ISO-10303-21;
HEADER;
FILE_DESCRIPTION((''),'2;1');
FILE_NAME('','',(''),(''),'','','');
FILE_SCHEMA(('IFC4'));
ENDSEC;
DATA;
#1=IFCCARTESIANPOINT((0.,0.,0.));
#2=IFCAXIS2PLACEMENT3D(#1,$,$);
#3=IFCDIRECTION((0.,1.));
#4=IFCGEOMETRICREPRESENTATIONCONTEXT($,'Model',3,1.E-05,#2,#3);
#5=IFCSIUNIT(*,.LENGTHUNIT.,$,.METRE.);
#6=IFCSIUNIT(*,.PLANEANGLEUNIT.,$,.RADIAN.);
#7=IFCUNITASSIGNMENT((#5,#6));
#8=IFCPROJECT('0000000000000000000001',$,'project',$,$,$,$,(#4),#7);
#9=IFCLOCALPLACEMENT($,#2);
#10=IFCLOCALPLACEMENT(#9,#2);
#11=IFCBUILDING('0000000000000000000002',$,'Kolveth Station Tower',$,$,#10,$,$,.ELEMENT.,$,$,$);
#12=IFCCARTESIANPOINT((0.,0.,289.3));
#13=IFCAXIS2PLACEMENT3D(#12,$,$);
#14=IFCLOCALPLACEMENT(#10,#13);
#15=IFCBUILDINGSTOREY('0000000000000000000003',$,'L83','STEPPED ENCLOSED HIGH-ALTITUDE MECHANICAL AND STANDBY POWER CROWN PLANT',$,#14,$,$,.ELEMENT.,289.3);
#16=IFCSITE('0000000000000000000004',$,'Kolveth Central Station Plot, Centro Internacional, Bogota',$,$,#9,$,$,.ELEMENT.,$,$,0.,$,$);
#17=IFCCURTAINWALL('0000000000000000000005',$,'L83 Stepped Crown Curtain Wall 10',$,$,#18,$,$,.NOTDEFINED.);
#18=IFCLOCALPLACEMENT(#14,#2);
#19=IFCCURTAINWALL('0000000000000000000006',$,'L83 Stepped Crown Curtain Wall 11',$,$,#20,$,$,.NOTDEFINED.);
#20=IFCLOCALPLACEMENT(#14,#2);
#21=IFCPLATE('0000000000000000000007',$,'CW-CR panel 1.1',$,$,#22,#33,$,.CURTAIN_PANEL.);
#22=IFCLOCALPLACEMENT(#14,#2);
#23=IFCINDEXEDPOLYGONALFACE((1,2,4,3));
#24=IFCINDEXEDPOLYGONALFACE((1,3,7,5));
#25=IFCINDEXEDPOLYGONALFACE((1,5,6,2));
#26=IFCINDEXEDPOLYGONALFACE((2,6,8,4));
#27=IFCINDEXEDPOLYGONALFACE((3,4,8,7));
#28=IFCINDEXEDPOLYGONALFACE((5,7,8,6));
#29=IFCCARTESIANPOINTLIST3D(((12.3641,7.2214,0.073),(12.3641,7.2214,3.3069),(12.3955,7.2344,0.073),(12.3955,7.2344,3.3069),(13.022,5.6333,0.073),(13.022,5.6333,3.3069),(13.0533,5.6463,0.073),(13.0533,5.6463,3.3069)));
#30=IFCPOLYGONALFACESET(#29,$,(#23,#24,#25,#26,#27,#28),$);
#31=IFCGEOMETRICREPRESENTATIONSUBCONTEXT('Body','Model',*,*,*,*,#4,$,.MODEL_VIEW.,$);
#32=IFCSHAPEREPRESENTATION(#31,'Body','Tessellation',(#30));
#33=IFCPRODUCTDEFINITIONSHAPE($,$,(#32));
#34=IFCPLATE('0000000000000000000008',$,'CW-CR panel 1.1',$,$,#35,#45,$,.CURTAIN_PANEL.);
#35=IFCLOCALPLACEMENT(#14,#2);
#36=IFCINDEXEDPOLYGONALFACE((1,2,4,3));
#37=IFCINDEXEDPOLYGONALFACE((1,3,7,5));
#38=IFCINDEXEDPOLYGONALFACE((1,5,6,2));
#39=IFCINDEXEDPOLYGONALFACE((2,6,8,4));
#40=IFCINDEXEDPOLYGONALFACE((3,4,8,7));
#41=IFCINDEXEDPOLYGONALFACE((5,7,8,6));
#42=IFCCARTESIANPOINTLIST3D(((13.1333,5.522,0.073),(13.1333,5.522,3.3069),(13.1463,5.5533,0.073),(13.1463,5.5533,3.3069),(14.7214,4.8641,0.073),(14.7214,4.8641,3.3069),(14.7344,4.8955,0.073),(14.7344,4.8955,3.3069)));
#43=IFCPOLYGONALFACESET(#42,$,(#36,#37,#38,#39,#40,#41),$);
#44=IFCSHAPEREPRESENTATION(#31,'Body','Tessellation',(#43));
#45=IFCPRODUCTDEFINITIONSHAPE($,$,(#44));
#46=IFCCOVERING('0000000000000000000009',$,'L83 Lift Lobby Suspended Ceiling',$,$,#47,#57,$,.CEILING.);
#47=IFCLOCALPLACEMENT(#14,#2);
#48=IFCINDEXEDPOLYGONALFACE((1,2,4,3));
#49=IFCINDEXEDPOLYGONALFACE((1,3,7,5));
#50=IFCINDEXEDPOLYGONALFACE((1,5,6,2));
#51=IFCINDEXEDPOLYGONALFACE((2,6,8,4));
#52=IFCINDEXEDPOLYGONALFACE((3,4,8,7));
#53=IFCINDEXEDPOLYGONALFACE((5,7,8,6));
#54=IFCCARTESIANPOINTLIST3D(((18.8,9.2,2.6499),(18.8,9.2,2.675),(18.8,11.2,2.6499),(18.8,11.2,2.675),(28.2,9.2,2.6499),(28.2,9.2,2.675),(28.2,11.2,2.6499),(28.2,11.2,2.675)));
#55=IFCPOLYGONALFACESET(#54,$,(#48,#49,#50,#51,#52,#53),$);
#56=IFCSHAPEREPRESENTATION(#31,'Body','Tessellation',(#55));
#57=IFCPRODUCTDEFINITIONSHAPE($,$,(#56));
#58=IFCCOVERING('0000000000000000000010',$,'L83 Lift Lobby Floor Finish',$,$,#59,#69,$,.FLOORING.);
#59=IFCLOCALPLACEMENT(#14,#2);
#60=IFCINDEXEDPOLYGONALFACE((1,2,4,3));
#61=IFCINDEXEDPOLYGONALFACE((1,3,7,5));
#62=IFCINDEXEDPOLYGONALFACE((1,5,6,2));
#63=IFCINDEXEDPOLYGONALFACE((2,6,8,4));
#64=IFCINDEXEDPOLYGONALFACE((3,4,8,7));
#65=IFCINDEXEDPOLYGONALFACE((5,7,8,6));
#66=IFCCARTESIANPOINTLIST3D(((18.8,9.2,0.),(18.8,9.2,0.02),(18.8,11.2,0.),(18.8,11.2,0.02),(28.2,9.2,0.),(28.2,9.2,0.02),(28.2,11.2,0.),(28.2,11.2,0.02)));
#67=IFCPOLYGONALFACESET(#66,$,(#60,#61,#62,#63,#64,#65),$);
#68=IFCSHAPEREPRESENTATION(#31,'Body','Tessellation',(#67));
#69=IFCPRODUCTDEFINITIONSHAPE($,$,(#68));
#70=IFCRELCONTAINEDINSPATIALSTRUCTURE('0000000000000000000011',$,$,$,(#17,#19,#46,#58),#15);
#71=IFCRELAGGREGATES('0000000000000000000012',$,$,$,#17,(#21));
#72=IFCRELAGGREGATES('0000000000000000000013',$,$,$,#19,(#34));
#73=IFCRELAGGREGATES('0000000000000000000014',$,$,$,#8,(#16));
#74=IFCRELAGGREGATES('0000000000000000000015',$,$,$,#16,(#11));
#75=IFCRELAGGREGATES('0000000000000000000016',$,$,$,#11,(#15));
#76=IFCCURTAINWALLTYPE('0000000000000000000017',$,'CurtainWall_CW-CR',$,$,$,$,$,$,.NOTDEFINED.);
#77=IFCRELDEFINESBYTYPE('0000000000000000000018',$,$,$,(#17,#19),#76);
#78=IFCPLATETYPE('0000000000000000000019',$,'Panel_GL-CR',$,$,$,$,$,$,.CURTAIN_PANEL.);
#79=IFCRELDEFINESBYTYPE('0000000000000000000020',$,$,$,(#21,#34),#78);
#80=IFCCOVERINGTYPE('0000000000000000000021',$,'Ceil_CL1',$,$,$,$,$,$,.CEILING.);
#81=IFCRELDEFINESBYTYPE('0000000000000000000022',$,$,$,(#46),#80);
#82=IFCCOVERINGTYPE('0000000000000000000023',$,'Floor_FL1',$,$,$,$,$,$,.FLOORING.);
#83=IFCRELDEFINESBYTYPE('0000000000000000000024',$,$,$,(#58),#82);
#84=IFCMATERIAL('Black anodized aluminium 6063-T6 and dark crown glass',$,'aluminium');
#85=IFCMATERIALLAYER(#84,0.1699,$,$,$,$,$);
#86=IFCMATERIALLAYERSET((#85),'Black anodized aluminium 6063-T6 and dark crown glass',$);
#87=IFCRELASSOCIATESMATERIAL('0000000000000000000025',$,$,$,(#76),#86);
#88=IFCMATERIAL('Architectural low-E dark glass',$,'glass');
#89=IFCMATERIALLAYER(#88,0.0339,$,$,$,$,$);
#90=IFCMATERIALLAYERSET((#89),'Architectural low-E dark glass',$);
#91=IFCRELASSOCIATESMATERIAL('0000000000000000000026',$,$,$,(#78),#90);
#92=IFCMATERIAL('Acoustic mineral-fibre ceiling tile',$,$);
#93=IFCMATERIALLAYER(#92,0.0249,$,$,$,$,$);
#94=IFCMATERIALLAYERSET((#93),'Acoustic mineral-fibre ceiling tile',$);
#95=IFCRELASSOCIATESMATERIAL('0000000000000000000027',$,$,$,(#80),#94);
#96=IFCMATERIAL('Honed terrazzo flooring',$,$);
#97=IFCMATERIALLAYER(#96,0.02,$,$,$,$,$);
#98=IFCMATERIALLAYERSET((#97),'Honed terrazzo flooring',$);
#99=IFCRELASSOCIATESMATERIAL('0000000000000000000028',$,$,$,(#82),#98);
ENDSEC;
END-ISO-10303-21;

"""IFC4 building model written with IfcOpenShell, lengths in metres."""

from ifc_helpers import new_model, si_unit, direction, frame, origin, origin_2d, place, context, subcontext, project, spatial, polyline, rectangle, outline, extrude, source, transform, mapped, material, layer, layer_set, type_object, element, aggregate, save


model = new_model("IFC4")

# Units and contexts
model_context = context("Model", 3, precision=1e-05, world=origin(), true_north=direction((0.0, 1.0)))
body_context = subcontext(model_context, "Body", "Model", "MODEL_VIEW")
ifc_project = project(units=[si_unit("LENGTHUNIT", "METRE"), si_unit("PLANEANGLEUNIT", "RADIAN")], contexts=[model_context])

# Site, building, storey
site_placement = place(None, origin())
site = spatial("IfcSite", under=ifc_project, at=site_placement, Name="Kolveth Central Station Plot, Centro Internacional, Bogota", CompositionType="ELEMENT", RefElevation=0.0)
building_placement = place(site_placement, origin())
building = spatial("IfcBuilding", under=site, at=building_placement, Name="Kolveth Station Tower", CompositionType="ELEMENT")
storey_placement = place(building_placement, frame((0.0, 0.0, 289.3)))
storey = spatial("IfcBuildingStorey", under=building, at=storey_placement, Name="L83", Description="STEPPED ENCLOSED HIGH-ALTITUDE MECHANICAL AND STANDBY POWER CROWN PLANT", CompositionType="ELEMENT", Elevation=289.3)

# Curtain walls
ifc_material_1 = material(Name="Black anodized aluminium 6063-T6 and dark crown glass", Category="aluminium")
ifc_layer_1 = layer(ifc_material_1, 0.1699)
ifc_layer_set_1 = layer_set([ifc_layer_1], Name="Black anodized aluminium 6063-T6 and dark crown glass")
curtain_wall_type = type_object("IfcCurtainWallType", Name="CurtainWall_CW-CR", PredefinedType="NOTDEFINED", material=ifc_layer_set_1)
curtain_wall_1_placement = place(storey_placement, origin())
curtain_wall_1 = element("IfcCurtainWall", 1, at=curtain_wall_1_placement, inside=storey, type_object=curtain_wall_type, Name="L83 Stepped Crown Curtain Wall 10", PredefinedType="NOTDEFINED")
curtain_wall_2_placement = place(storey_placement, origin())
curtain_wall_2 = element("IfcCurtainWall", 2, at=curtain_wall_2_placement, inside=storey, type_object=curtain_wall_type, Name="L83 Stepped Crown Curtain Wall 11", PredefinedType="NOTDEFINED")

# Plates
ifc_material_2 = material(Name="Architectural low-E dark glass", Category="glass")
ifc_layer_2 = layer(ifc_material_2, 0.0339)
ifc_layer_set_2 = layer_set([ifc_layer_2], Name="Architectural low-E dark glass")
plate_type = type_object("IfcPlateType", Name="Panel_GL-CR", PredefinedType="CURTAIN_PANEL", material=ifc_layer_set_2)
shared_shape_1 = source(origin(), body_context, "Body", "SweptSolid", [
    extrude(rectangle(XDim=1.719, YDim=0.0339, at=origin_2d()), origin(), (0.0, 0.0, 1.0), 3.2339),
])
plate_1_placement = place(storey_placement, frame((12.7087, 6.4338, 0.073), z_axis=(0.0, 0.0, 1.0), x_axis=(0.382691, -0.923876, 0.0)))
plate_1 = element("IfcPlate", 3, at=plate_1_placement, type_object=plate_type, Name="CW-CR panel 1.1", PredefinedType="CURTAIN_PANEL", context=body_context, shape_type="MappedRepresentation", body=[
    mapped(shared_shape_1, transform((0.0, 0.0, 0.0), x_axis=(1.0, 0.0, 0.0), y_axis=(0.0, 1.0, 0.0), z_axis=(0.0, 0.0, 1.0), scale=1.0)),
])
aggregate(curtain_wall_1, [plate_1])
plate_2_placement = place(storey_placement, frame((13.9338, 5.2087, 0.073), z_axis=(0.0, 0.0, 1.0), x_axis=(0.923876, -0.382691, 0.0)))
plate_2 = element("IfcPlate", 4, at=plate_2_placement, type_object=plate_type, Name="CW-CR panel 1.1", PredefinedType="CURTAIN_PANEL", context=body_context, shape_type="MappedRepresentation", body=[
    mapped(shared_shape_1, transform((0.0, 0.0, 0.0), x_axis=(1.0, 0.0, 0.0), y_axis=(0.0, 1.0, 0.0), z_axis=(0.0, 0.0, 1.0), scale=1.0)),
])
aggregate(curtain_wall_2, [plate_2])

# Coverings
ifc_material_3 = material(Name="Acoustic mineral-fibre ceiling tile")
ifc_layer_3 = layer(ifc_material_3, 0.0249)
ifc_layer_set_3 = layer_set([ifc_layer_3], Name="Acoustic mineral-fibre ceiling tile")
covering_type_1 = type_object("IfcCoveringType", Name="Ceil_CL1", PredefinedType="CEILING", material=ifc_layer_set_3)
covering_1_placement = place(storey_placement, frame((0.0, 0.0, 2.6499)))
element("IfcCovering", 5, at=covering_1_placement, inside=storey, type_object=covering_type_1, Name="L83 Lift Lobby Suspended Ceiling", PredefinedType="CEILING", context=body_context, shape_type="SweptSolid", body=[
    extrude(outline(polyline([(18.8, 9.2), (28.2, 9.2), (28.2, 11.2), (18.8, 11.2), (18.8, 9.2)])), origin(), (0.0, 0.0, 1.0), 0.0251),
])
ifc_material_4 = material(Name="Honed terrazzo flooring")
ifc_layer_4 = layer(ifc_material_4, 0.02)
ifc_layer_set_4 = layer_set([ifc_layer_4], Name="Honed terrazzo flooring")
covering_type_2 = type_object("IfcCoveringType", Name="Floor_FL1", PredefinedType="FLOORING", material=ifc_layer_set_4)
covering_2_placement = place(storey_placement, origin())
element("IfcCovering", 6, at=covering_2_placement, inside=storey, type_object=covering_type_2, Name="L83 Lift Lobby Floor Finish", PredefinedType="FLOORING", context=body_context, shape_type="SweptSolid", body=[
    extrude(outline(polyline([(18.8, 9.2), (28.2, 9.2), (28.2, 11.2), (18.8, 11.2), (18.8, 9.2)])), origin(), (0.0, 0.0, 1.0), 0.02),
])

save(model, "model.ifc")
